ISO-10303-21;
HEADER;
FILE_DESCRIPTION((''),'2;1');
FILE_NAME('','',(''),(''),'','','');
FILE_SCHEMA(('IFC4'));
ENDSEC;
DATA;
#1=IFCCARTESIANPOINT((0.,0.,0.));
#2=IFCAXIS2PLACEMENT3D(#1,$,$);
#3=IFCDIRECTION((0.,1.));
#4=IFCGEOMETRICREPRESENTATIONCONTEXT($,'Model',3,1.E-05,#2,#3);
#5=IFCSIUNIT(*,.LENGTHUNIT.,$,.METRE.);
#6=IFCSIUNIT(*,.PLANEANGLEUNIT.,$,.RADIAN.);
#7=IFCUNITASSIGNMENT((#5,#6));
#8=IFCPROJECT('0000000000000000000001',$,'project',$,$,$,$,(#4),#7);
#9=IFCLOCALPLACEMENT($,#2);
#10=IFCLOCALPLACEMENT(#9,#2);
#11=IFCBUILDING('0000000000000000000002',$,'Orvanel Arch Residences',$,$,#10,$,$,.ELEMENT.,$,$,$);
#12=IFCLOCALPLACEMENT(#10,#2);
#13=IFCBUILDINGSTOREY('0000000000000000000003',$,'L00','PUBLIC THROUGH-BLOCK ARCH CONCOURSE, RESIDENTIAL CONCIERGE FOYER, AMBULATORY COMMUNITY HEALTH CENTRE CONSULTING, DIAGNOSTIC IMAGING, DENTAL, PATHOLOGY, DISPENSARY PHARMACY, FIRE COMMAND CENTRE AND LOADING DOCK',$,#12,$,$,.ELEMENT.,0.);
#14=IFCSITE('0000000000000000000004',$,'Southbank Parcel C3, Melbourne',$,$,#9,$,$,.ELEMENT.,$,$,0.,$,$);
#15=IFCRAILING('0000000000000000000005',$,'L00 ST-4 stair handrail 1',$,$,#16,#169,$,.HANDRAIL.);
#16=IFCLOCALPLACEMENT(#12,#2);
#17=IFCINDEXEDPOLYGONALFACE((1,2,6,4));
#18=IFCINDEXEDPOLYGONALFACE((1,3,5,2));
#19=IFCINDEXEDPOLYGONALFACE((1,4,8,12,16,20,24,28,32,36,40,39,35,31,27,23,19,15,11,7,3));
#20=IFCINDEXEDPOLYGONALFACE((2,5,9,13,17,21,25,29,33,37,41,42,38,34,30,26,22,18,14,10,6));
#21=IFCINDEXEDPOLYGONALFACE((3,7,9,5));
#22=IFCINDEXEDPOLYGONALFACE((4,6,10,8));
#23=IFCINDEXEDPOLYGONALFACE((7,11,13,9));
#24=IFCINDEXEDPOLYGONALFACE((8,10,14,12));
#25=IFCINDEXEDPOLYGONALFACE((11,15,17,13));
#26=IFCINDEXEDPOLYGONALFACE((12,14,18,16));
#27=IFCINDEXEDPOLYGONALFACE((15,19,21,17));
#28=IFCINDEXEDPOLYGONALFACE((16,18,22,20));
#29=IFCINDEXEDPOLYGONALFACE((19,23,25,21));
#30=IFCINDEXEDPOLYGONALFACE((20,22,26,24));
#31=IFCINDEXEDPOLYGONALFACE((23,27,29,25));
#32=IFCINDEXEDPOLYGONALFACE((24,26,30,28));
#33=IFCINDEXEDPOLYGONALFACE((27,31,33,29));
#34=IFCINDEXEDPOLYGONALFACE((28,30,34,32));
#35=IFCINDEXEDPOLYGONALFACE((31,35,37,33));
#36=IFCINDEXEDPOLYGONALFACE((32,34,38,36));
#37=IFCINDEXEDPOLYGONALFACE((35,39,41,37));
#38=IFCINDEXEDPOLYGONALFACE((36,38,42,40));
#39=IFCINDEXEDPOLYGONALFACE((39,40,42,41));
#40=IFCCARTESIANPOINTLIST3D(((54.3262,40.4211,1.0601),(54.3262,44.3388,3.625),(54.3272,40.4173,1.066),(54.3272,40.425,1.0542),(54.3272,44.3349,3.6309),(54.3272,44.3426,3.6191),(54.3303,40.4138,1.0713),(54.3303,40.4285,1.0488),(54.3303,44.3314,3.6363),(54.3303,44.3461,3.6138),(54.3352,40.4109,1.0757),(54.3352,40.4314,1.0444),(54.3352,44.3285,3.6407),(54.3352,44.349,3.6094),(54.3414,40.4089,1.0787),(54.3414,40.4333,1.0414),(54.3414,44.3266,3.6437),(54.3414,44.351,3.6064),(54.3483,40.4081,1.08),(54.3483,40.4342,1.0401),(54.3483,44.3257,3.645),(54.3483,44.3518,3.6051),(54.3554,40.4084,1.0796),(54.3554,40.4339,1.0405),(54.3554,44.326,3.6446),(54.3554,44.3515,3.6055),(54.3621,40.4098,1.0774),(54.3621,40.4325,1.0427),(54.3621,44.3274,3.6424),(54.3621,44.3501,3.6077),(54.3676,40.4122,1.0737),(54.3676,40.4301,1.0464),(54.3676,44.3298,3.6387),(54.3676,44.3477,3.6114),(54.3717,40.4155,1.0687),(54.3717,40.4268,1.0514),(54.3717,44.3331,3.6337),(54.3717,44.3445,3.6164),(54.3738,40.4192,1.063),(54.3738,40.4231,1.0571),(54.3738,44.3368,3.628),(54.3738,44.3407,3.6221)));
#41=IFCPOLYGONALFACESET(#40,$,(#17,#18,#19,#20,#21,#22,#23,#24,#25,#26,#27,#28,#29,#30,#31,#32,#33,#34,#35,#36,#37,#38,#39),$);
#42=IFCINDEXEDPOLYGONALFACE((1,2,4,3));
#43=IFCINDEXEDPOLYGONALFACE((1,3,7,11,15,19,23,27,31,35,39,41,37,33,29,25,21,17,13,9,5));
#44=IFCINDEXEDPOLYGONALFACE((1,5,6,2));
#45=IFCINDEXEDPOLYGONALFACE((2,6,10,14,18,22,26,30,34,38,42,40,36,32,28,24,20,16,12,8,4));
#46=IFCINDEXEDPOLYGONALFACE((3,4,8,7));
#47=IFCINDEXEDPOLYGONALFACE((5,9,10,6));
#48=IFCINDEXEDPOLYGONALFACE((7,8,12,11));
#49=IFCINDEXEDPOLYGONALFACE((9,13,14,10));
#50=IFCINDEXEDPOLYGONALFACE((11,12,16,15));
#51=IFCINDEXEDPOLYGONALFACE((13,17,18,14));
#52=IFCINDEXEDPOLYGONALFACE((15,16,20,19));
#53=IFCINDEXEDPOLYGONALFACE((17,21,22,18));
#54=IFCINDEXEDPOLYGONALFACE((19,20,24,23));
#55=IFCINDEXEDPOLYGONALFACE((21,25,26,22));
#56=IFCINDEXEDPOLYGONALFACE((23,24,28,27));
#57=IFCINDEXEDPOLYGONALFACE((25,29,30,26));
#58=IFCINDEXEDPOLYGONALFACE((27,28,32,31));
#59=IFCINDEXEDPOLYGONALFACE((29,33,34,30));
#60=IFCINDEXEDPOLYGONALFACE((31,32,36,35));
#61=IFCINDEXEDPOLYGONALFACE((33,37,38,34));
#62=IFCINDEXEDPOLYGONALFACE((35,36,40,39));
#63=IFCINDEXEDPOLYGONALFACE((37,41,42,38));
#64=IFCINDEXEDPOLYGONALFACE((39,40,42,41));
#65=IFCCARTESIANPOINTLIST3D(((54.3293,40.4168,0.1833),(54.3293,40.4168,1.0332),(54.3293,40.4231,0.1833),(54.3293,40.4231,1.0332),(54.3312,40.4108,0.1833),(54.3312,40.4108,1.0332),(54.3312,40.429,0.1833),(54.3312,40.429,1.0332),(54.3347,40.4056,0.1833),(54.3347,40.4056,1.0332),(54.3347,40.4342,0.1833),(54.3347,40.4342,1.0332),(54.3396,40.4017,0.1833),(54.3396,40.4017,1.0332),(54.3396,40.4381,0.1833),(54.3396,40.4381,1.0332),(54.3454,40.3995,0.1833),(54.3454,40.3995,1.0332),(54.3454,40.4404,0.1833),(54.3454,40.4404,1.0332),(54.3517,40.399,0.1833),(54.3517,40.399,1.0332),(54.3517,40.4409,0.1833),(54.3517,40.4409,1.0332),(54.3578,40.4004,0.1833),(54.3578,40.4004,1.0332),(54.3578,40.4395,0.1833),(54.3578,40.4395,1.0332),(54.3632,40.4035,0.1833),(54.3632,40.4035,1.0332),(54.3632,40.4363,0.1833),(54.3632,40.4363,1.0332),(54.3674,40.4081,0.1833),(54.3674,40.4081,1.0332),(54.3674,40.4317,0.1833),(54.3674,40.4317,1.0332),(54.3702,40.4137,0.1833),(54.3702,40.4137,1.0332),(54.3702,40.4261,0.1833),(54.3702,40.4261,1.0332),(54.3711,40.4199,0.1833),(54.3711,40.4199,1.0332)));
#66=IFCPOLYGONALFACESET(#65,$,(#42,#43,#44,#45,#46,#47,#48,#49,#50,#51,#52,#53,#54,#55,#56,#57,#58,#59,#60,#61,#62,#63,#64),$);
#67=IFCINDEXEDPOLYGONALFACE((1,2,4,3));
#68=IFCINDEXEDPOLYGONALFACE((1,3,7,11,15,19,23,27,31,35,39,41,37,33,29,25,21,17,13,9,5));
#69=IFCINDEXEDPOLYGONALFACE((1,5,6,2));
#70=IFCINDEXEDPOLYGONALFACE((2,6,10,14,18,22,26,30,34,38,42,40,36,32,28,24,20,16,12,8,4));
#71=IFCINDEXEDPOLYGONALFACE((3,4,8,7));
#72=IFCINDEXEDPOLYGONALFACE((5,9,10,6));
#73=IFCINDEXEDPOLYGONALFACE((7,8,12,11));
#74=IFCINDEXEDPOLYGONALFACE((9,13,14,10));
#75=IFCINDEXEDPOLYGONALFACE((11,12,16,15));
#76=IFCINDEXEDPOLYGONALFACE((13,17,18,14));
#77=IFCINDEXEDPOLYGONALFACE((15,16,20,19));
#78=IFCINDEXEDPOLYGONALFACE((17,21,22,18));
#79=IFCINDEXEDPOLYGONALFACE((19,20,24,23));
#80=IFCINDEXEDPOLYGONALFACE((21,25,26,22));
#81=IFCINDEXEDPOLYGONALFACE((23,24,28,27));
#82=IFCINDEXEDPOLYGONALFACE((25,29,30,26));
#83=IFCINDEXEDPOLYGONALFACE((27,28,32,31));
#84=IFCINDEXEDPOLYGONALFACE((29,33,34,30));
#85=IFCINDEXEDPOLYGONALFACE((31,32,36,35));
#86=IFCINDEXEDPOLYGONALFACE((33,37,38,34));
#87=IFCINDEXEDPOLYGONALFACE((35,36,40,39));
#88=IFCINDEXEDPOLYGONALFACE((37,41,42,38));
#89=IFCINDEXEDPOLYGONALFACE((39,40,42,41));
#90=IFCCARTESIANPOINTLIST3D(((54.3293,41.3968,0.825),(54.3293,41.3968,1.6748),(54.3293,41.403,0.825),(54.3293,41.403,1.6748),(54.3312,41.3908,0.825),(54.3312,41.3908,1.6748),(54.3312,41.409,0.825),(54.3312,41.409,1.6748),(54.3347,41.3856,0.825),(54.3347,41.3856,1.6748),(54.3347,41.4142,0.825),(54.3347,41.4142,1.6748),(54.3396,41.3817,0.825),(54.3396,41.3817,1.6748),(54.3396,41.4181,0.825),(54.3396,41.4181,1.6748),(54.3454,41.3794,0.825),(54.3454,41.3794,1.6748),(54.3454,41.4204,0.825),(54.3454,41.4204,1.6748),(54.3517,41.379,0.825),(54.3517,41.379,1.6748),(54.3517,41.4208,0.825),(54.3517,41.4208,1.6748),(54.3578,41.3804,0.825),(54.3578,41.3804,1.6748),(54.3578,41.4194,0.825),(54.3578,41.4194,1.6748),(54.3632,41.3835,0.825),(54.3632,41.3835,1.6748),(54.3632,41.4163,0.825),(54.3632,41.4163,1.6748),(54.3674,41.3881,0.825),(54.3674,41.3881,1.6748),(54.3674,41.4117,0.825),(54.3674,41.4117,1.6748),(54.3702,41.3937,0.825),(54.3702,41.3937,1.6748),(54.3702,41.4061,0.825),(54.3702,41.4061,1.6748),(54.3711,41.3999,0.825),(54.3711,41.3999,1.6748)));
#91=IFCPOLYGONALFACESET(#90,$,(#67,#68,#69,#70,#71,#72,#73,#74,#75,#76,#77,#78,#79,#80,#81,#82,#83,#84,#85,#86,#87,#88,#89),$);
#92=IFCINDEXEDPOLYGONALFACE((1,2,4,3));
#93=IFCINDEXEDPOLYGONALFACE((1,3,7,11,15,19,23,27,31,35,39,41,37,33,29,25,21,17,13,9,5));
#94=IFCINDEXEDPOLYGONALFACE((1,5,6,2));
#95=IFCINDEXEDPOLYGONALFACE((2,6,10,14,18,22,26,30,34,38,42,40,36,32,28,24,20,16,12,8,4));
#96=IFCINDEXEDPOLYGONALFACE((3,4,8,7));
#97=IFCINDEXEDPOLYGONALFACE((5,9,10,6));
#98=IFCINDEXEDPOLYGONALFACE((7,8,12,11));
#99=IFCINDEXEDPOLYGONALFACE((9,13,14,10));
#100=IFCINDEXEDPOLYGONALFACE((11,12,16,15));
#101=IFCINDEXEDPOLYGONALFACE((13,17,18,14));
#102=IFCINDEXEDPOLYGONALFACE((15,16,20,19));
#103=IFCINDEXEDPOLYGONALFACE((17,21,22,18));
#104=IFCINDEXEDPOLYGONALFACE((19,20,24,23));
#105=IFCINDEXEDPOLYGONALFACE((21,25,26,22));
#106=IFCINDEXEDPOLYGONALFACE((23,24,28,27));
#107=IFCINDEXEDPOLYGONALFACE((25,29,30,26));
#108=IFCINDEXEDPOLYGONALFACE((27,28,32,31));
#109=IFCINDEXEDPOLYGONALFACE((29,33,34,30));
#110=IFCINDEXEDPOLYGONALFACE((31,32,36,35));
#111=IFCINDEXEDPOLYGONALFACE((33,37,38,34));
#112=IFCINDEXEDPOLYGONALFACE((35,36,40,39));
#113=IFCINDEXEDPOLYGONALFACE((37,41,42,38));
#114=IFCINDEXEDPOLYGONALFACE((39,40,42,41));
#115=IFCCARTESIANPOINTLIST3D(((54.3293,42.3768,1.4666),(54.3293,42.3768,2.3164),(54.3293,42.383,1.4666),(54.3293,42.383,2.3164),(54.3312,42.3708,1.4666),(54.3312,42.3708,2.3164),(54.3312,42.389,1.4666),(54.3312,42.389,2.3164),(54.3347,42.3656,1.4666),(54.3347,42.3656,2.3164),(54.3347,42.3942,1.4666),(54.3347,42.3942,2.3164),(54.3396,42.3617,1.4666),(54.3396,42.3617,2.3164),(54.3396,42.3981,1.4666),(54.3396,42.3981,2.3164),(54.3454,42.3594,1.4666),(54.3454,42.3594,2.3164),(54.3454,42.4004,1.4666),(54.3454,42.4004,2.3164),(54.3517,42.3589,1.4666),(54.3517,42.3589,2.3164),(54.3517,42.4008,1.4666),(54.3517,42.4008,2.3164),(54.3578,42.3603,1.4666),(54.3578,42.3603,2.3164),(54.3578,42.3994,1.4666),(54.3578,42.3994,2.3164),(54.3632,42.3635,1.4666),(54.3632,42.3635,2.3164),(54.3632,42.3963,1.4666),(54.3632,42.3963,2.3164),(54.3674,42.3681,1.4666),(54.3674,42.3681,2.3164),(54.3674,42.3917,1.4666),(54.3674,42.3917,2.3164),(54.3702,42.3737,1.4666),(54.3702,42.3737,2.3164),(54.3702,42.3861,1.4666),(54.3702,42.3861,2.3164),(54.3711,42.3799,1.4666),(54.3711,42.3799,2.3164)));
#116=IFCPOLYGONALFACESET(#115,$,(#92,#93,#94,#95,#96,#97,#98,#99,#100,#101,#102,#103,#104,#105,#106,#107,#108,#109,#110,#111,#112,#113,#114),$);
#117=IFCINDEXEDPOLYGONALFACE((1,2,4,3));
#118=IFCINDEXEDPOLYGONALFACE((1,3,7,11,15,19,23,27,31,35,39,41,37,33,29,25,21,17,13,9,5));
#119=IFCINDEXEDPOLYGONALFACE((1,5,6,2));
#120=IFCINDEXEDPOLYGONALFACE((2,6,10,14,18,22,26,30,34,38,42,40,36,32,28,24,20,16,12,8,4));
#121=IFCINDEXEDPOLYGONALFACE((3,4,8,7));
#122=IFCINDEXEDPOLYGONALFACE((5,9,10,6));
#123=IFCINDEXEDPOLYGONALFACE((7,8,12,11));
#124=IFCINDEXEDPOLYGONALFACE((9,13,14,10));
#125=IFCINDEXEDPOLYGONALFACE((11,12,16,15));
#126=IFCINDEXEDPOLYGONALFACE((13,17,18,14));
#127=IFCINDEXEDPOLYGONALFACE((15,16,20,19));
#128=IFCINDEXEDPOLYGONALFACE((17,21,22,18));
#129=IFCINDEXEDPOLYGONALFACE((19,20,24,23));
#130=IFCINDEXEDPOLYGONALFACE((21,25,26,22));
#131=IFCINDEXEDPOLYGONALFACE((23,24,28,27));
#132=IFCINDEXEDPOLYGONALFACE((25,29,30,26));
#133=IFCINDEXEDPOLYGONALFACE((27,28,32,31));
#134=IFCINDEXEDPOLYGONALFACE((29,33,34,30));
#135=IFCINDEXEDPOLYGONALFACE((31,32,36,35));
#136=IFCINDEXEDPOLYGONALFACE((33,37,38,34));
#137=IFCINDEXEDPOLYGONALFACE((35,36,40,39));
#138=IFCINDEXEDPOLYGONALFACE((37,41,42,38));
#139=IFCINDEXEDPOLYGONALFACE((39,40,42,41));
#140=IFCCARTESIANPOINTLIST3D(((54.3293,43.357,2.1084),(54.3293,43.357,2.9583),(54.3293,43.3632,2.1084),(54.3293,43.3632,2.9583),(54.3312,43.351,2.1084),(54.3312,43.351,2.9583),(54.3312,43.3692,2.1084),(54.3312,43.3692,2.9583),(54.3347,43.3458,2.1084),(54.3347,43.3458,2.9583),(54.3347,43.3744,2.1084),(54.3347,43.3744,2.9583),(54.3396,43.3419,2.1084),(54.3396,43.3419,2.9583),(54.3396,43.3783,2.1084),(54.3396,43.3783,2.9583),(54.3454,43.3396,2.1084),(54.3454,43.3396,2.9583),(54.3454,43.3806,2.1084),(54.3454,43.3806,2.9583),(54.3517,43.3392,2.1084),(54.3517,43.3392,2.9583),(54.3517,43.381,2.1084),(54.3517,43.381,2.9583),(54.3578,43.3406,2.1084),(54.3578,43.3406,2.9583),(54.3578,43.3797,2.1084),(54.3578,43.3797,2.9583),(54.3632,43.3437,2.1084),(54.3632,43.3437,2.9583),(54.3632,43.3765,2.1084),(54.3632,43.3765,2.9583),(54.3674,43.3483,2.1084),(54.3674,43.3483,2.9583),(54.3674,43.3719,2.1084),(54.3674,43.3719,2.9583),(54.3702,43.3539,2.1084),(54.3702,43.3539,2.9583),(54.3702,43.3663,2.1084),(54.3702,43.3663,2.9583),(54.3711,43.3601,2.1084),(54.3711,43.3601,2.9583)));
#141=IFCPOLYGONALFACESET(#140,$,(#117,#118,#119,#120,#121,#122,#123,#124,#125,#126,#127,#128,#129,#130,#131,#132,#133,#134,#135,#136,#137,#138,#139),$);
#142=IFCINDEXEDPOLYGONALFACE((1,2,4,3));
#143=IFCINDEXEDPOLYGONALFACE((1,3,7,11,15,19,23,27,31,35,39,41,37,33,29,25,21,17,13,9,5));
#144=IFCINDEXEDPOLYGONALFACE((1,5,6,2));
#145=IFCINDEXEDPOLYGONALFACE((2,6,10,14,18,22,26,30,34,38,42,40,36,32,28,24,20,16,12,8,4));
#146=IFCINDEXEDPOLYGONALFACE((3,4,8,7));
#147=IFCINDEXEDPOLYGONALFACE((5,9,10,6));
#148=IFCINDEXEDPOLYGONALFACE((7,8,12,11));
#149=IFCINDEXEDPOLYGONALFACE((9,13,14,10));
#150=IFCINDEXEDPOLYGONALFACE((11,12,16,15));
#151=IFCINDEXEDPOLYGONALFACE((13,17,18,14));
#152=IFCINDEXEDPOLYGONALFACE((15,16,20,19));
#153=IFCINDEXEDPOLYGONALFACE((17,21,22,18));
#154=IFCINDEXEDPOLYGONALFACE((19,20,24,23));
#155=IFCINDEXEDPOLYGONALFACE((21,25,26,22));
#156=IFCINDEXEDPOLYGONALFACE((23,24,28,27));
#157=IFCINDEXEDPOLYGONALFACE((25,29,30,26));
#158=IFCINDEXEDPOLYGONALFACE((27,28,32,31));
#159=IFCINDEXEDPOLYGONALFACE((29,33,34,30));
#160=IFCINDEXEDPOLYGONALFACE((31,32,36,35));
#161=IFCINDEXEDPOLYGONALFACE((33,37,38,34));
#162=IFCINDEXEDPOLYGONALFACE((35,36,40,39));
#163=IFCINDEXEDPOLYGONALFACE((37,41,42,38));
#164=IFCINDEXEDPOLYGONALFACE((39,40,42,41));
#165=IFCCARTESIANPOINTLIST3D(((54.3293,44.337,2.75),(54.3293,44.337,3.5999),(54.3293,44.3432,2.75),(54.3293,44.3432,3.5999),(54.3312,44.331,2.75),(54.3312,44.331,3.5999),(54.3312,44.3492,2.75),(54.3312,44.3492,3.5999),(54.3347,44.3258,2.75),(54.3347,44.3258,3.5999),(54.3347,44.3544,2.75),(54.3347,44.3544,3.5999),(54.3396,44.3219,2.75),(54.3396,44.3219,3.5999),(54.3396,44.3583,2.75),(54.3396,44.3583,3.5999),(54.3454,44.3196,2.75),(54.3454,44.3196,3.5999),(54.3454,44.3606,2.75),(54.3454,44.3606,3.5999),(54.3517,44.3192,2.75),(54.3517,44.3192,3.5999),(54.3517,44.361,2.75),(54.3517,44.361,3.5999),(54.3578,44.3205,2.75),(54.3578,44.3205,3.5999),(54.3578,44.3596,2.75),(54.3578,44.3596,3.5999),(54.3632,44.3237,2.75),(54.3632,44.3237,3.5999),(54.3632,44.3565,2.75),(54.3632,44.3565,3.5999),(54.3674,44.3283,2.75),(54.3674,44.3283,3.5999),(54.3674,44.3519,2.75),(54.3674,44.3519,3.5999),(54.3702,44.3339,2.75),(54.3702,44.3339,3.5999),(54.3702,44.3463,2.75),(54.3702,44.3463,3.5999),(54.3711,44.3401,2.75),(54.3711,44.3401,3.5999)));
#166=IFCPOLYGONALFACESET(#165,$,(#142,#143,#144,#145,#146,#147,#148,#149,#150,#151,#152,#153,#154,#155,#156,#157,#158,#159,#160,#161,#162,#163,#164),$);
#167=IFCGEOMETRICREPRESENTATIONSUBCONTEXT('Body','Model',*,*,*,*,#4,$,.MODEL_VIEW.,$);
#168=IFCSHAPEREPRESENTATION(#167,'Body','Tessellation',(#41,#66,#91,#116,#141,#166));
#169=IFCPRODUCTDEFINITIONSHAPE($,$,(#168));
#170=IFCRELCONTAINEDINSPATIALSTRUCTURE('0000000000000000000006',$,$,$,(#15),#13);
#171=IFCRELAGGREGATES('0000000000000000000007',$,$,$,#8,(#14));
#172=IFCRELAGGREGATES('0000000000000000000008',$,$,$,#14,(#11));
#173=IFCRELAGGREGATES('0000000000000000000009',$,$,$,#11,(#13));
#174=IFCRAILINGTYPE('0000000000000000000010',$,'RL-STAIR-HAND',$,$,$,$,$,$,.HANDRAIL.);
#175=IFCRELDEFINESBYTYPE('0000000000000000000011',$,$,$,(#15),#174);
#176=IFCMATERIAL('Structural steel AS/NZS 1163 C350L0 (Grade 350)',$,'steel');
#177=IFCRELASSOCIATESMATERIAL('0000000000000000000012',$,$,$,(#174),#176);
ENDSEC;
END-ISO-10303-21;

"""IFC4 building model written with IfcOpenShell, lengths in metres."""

from ifc_helpers import new_model, si_unit, direction, frame, origin, origin_2d, place, context, subcontext, project, spatial, circle, extrude, material, type_object, element, save


model = new_model("IFC4")

# Units and contexts
model_context = context("Model", 3, precision=1e-05, world=origin(), true_north=direction((0.0, 1.0)))
body_context = subcontext(model_context, "Body", "Model", "MODEL_VIEW")
ifc_project = project(units=[si_unit("LENGTHUNIT", "METRE"), si_unit("PLANEANGLEUNIT", "RADIAN")], contexts=[model_context])

# Site, building, storey
site_placement = place(None, origin())
site = spatial("IfcSite", under=ifc_project, at=site_placement, Name="Southbank Parcel C3, Melbourne", CompositionType="ELEMENT", RefElevation=0.0)
building_placement = place(site_placement, origin())
building = spatial("IfcBuilding", under=site, at=building_placement, Name="Orvanel Arch Residences", CompositionType="ELEMENT")
storey_placement = place(building_placement, origin())
storey = spatial("IfcBuildingStorey", under=building, at=storey_placement, Name="L00", Description="PUBLIC THROUGH-BLOCK ARCH CONCOURSE, RESIDENTIAL CONCIERGE FOYER, AMBULATORY COMMUNITY HEALTH CENTRE CONSULTING, DIAGNOSTIC IMAGING, DENTAL, PATHOLOGY, DISPENSARY PHARMACY, FIRE COMMAND CENTRE AND LOADING DOCK", CompositionType="ELEMENT", Elevation=0.0)

# Railing
ifc_material_1 = material(Name="Structural steel AS/NZS 1163 C350L0 (Grade 350)", Category="steel")
railing_type_1 = type_object("IfcRailingType", Name="RL-STAIR-HAND", PredefinedType="HANDRAIL", material=ifc_material_1)
railing_1_placement = place(storey_placement, frame((54.3501, 40.4199, 0.1833)))
element("IfcRailing", 1, at=railing_1_placement, inside=storey, type_object=railing_type_1, Name="L00 ST-4 stair handrail 1", PredefinedType="HANDRAIL", context=body_context, shape_type="SweptSolid", body=[
    extrude(circle(Radius=0.0239, at=origin_2d()), frame((0.0, 0.0012, 0.8767), z_axis=(0.0, 0.836631, 0.547767), x_axis=(-1.0, 0.0, 0.0)), (0.0, 0.0, 1.0), 4.6826),
    extrude(circle(Radius=0.021, at=origin_2d()), origin(), (0.0, 0.0, 1.0), 0.8499),
    extrude(circle(Radius=0.021, at=origin_2d()), frame((0.0, 0.98, 0.6416)), (0.0, 0.0, 1.0), 0.8499),
    extrude(circle(Radius=0.021, at=origin_2d()), frame((0.0, 1.96, 1.2832)), (0.0, 0.0, 1.0), 0.8499),
    extrude(circle(Radius=0.021, at=origin_2d()), frame((0.0, 2.9402, 1.925)), (0.0, 0.0, 1.0), 0.8499),
    extrude(circle(Radius=0.021, at=origin_2d()), frame((0.0, 3.9202, 2.5667)), (0.0, 0.0, 1.0), 0.8499),
])

save(model, "model.ifc")
